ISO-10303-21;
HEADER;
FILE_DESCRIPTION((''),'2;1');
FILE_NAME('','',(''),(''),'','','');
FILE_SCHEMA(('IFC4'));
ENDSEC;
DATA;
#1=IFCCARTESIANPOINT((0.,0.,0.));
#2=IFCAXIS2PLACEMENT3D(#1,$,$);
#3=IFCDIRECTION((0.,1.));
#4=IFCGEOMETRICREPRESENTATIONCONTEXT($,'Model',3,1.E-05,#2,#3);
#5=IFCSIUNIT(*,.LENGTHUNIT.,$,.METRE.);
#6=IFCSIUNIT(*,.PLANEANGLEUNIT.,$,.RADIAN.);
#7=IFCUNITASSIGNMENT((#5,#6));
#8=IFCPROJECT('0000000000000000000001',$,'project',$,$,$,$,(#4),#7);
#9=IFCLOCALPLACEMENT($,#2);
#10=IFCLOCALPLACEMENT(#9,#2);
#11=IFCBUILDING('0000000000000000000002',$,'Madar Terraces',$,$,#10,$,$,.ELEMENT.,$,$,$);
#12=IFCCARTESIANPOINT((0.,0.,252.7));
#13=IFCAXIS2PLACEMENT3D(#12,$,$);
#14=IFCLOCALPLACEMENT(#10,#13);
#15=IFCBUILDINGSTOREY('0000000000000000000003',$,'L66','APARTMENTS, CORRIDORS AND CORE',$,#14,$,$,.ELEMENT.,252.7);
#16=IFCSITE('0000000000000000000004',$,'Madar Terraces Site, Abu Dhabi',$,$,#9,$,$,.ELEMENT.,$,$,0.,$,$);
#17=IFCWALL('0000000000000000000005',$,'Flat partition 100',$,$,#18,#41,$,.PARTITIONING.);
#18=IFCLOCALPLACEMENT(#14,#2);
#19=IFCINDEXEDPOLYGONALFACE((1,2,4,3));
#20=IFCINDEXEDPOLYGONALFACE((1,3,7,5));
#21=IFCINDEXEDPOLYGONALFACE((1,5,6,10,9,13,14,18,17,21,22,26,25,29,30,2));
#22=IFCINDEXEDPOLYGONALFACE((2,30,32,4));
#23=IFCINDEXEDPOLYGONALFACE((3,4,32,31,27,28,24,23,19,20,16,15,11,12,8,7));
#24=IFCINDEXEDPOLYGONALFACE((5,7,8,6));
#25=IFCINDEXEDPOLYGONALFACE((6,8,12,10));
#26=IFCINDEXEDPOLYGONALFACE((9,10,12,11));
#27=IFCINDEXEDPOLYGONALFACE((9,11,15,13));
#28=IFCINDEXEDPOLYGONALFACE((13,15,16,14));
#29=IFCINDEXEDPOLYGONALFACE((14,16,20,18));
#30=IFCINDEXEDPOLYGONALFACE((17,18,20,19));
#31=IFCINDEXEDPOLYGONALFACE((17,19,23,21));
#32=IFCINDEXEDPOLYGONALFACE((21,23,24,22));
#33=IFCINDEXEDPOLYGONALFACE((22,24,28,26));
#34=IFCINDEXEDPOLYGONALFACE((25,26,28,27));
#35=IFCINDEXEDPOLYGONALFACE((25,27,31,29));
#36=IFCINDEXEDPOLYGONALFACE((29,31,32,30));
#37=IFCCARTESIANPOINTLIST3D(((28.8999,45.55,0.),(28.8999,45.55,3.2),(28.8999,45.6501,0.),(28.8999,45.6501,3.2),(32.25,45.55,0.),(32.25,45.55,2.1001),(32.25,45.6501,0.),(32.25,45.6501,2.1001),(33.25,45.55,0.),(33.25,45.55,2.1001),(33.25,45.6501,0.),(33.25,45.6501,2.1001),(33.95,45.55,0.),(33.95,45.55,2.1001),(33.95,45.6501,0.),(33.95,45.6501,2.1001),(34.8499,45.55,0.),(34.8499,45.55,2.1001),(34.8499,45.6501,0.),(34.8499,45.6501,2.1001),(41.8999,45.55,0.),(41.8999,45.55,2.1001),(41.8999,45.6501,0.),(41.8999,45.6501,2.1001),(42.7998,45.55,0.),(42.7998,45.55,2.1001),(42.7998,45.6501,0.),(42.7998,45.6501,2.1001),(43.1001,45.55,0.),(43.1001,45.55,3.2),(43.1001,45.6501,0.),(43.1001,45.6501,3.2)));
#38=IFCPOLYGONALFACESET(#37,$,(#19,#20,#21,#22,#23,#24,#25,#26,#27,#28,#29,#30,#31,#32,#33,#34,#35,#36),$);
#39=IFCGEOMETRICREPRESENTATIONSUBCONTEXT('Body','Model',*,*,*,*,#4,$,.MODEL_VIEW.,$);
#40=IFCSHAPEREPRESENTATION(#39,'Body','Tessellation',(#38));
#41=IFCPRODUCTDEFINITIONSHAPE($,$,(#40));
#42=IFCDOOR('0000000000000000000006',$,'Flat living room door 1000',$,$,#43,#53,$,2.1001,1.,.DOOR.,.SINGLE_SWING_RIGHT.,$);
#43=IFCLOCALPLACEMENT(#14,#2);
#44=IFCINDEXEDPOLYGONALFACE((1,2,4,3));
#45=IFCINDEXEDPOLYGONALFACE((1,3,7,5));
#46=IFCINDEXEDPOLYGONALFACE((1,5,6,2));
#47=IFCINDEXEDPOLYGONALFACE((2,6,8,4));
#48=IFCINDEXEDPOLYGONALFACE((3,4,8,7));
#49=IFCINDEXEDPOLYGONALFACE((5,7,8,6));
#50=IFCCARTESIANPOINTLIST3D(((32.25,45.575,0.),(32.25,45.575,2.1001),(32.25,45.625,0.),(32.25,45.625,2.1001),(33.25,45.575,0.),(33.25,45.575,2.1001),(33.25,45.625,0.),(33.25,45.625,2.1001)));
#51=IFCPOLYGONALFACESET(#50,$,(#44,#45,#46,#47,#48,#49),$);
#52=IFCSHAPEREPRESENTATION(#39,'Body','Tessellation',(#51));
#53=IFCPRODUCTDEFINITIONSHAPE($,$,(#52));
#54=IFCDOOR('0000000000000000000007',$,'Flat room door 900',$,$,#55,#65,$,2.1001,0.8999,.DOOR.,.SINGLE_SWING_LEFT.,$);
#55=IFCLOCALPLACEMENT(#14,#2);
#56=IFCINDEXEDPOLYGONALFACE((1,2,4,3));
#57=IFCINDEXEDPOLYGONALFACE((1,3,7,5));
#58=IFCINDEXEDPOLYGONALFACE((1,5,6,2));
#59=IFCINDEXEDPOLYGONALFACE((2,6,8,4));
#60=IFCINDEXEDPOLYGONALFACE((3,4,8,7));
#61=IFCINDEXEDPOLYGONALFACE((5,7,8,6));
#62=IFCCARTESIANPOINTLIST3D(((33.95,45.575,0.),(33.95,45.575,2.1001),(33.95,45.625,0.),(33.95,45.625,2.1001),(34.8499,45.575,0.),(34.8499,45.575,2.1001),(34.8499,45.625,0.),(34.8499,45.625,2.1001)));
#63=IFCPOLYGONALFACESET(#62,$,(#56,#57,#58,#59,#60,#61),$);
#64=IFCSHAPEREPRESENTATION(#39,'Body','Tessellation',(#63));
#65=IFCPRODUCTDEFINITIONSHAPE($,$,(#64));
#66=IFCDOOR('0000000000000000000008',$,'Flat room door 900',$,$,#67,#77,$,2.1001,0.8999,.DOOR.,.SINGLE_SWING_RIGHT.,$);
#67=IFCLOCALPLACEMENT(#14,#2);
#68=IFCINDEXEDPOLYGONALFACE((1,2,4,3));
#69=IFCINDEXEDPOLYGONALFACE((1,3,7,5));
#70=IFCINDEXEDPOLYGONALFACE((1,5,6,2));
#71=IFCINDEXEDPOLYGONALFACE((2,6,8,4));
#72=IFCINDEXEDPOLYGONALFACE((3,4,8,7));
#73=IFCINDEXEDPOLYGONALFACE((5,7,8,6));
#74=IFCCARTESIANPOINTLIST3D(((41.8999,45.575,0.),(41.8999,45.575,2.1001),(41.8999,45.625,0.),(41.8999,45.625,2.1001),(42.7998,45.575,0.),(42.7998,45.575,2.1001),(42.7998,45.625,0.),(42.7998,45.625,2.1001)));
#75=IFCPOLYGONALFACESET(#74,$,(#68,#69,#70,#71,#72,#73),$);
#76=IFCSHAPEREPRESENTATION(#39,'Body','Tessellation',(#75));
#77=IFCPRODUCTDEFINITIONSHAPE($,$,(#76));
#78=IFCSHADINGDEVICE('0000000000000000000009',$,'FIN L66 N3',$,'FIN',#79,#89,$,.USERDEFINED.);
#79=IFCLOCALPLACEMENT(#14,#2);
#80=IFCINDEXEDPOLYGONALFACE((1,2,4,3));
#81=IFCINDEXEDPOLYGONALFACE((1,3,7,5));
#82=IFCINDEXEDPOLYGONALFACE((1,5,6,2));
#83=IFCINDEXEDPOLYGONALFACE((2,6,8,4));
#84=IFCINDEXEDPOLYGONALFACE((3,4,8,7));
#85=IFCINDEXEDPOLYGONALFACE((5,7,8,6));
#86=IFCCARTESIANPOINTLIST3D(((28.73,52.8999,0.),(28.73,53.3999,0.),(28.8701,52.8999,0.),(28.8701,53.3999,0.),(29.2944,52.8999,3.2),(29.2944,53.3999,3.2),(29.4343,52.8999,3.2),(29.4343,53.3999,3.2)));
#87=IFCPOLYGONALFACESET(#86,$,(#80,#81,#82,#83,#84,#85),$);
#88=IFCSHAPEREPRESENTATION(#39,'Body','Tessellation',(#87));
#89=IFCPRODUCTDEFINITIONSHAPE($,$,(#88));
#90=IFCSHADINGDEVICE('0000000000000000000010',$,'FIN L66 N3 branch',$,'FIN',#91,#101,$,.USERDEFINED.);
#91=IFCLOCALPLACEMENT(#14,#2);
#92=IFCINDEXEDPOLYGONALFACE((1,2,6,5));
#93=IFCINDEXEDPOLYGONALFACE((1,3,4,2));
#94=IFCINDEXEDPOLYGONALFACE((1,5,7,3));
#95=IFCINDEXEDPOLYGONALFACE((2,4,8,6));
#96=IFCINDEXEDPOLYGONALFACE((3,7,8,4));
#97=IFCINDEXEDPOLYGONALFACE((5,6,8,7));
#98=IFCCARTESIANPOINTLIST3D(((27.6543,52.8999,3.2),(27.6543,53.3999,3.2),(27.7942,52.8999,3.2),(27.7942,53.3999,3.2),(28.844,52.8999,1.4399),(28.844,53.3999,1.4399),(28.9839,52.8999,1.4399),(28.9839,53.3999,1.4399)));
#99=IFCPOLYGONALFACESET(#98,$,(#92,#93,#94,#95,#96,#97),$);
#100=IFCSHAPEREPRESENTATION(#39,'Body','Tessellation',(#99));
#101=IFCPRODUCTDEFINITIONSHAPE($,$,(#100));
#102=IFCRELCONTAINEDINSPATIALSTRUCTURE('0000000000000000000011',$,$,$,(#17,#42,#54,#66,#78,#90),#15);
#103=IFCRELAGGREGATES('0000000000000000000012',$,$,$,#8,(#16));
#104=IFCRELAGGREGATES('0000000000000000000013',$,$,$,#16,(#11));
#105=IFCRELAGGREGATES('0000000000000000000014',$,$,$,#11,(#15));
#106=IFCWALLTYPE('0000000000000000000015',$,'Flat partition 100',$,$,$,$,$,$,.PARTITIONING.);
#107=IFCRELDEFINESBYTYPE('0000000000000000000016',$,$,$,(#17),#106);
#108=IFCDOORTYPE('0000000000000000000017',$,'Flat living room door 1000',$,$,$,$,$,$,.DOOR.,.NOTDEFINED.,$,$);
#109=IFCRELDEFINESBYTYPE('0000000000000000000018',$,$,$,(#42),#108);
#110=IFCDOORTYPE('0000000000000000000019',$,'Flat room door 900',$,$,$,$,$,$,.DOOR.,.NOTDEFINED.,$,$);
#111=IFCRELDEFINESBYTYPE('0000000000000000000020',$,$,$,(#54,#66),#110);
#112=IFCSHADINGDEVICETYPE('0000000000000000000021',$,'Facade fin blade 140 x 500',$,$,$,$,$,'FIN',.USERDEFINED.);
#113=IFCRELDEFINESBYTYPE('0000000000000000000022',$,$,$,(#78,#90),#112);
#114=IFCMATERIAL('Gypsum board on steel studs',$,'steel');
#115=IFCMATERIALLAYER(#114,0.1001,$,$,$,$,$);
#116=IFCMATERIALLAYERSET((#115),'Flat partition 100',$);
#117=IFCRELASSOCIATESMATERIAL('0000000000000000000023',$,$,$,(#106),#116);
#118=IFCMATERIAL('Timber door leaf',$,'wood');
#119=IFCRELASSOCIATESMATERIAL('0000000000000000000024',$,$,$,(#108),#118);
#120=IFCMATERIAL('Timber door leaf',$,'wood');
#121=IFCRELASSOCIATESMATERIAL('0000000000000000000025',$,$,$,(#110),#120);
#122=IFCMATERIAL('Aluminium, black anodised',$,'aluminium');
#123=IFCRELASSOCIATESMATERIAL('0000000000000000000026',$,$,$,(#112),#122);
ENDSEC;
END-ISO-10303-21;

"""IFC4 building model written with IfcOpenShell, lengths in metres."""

from ifc_helpers import new_model, si_unit, direction, frame, frame_2d, origin, place, context, subcontext, project, spatial, polyline, rectangle, outline, extrude, material, layer, layer_set, type_object, element, fill, save


model = new_model("IFC4")

# Units and contexts
model_context = context("Model", 3, precision=1e-05, world=origin(), true_north=direction((0.0, 1.0)))
body_context = subcontext(model_context, "Body", "Model", "MODEL_VIEW")
ifc_project = project(units=[si_unit("LENGTHUNIT", "METRE"), si_unit("PLANEANGLEUNIT", "RADIAN")], contexts=[model_context])

# Site, building, storey
site_placement = place(None, origin())
site = spatial("IfcSite", under=ifc_project, at=site_placement, Name="Madar Terraces Site, Abu Dhabi", CompositionType="ELEMENT", RefElevation=0.0)
building_placement = place(site_placement, origin())
building = spatial("IfcBuilding", under=site, at=building_placement, Name="Madar Terraces", CompositionType="ELEMENT")
storey_placement = place(building_placement, frame((0.0, 0.0, 252.7)))
storey = spatial("IfcBuildingStorey", under=building, at=storey_placement, Name="L66", Description="APARTMENTS, CORRIDORS AND CORE", CompositionType="ELEMENT", Elevation=252.7)

# Shared definitions
ifc_material_1 = material(Name="Gypsum board on steel studs", Category="steel")
ifc_layer_1 = layer(ifc_material_1, 0.1001)
ifc_layer_set_1 = layer_set([ifc_layer_1], Name="Flat partition 100")
wall_type_1 = type_object("IfcWallType", Name="Flat partition 100", PredefinedType="PARTITIONING", material=ifc_layer_set_1)

# Wall, openings, doors
wall_1_placement = place(storey_placement, frame((28.8999, 45.6001, 0.0), z_axis=(0.0, 0.0, 1.0), x_axis=(1.0, 0.0, 0.0)))
wall_1 = element("IfcWall", 1, at=wall_1_placement, inside=storey, type_object=wall_type_1, Name="Flat partition 100", PredefinedType="PARTITIONING", context=body_context, shape_type="SweptSolid", body=[
    extrude(rectangle(XDim=14.2002, YDim=0.1001, at=frame_2d((7.1001, 0.0))), origin(), (0.0, 0.0, 1.0), 3.2),
])
opening_1_placement = place(wall_1_placement, frame((3.3501, 0.0, 0.0)))
opening_1 = element("IfcOpeningElement", 2, at=opening_1_placement, cuts=wall_1, PredefinedType="OPENING", context=body_context, shape_type="SweptSolid", body=[
    extrude(rectangle(XDim=1.0, YDim=2.1001, at=frame_2d((0.5, 1.05))), frame((0.0, 0.0601, 0.0), z_axis=(0.0, -1.0, 0.0), x_axis=(1.0, 0.0, 0.0)), (0.0, 0.0, 1.0), 0.1201),
])
opening_2_placement = place(wall_1_placement, frame((5.05, 0.0, 0.0)))
opening_2 = element("IfcOpeningElement", 3, at=opening_2_placement, cuts=wall_1, PredefinedType="OPENING", context=body_context, shape_type="SweptSolid", body=[
    extrude(rectangle(XDim=0.8999, YDim=2.1001, at=frame_2d((0.45, 1.05))), frame((0.0, 0.0601, 0.0), z_axis=(0.0, -1.0, 0.0), x_axis=(1.0, 0.0, 0.0)), (0.0, 0.0, 1.0), 0.1201),
])
opening_3_placement = place(wall_1_placement, frame((13.0, 0.0, 0.0)))
opening_3 = element("IfcOpeningElement", 4, at=opening_3_placement, cuts=wall_1, PredefinedType="OPENING", context=body_context, shape_type="SweptSolid", body=[
    extrude(rectangle(XDim=0.8999, YDim=2.1001, at=frame_2d((0.45, 1.05))), frame((0.0, 0.0601, 0.0), z_axis=(0.0, -1.0, 0.0), x_axis=(1.0, 0.0, 0.0)), (0.0, 0.0, 1.0), 0.1201),
])
ifc_material_2 = material(Name="Timber door leaf", Category="wood")
door_type_1 = type_object("IfcDoorType", Name="Flat living room door 1000", OperationType="NOTDEFINED", PredefinedType="DOOR", material=ifc_material_2)
door_1_placement = place(opening_1_placement, origin())
door_1 = element("IfcDoor", 5, at=door_1_placement, inside=storey, type_object=door_type_1, Name="Flat living room door 1000", OperationType="SINGLE_SWING_RIGHT", OverallHeight=2.1001, OverallWidth=1.0, PredefinedType="DOOR", context=body_context, shape_type="SweptSolid", body=[
    extrude(rectangle(XDim=1.0, YDim=2.1001, at=frame_2d((0.5, 1.05))), frame((0.0, 0.0249, 0.0), z_axis=(0.0, -1.0, 0.0), x_axis=(1.0, 0.0, 0.0)), (0.0, 0.0, 1.0), 0.05),
])
fill(opening_1, door_1)
ifc_material_3 = material(Name="Timber door leaf", Category="wood")
door_type_2 = type_object("IfcDoorType", Name="Flat room door 900", OperationType="NOTDEFINED", PredefinedType="DOOR", material=ifc_material_3)
door_2_placement = place(opening_2_placement, origin())
door_2 = element("IfcDoor", 6, at=door_2_placement, inside=storey, type_object=door_type_2, Name="Flat room door 900", OperationType="SINGLE_SWING_LEFT", OverallHeight=2.1001, OverallWidth=0.8999, PredefinedType="DOOR", context=body_context, shape_type="SweptSolid", body=[
    extrude(rectangle(XDim=0.8999, YDim=2.1001, at=frame_2d((0.45, 1.05))), frame((0.0, 0.0249, 0.0), z_axis=(0.0, -1.0, 0.0), x_axis=(1.0, 0.0, 0.0)), (0.0, 0.0, 1.0), 0.05),
])
fill(opening_2, door_2)
door_3_placement = place(opening_3_placement, origin())
door_3 = element("IfcDoor", 7, at=door_3_placement, inside=storey, type_object=door_type_2, Name="Flat room door 900", OperationType="SINGLE_SWING_RIGHT", OverallHeight=2.1001, OverallWidth=0.8999, PredefinedType="DOOR", context=body_context, shape_type="SweptSolid", body=[
    extrude(rectangle(XDim=0.8999, YDim=2.1001, at=frame_2d((0.45, 1.05))), frame((0.0, 0.0249, 0.0), z_axis=(0.0, -1.0, 0.0), x_axis=(1.0, 0.0, 0.0)), (0.0, 0.0, 1.0), 0.05),
])
fill(opening_3, door_3)

# Shading devices
ifc_material_4 = material(Name="Aluminium, black anodised", Category="aluminium")
shading_device_type = type_object("IfcShadingDeviceType", Name="Facade fin blade 140 x 500", ElementType="FIN", PredefinedType="USERDEFINED", material=ifc_material_4)
shading_device_1_placement = place(storey_placement, frame((28.8701, 53.1499, 0.0), z_axis=(0.0, 0.0, 1.0), x_axis=(-1.0, 0.0, 0.0)))
element("IfcShadingDevice", 8, at=shading_device_1_placement, inside=storey, type_object=shading_device_type, Name="FIN L66 N3", ObjectType="FIN", PredefinedType="USERDEFINED", context=body_context, shape_type="SweptSolid", body=[
    extrude(outline(polyline([(0.0, 0.0), (0.1401, 0.0), (-0.4243, 3.2), (-0.5642, 3.2), (0.0, 0.0)])), frame((0.0, 0.25, 0.0), z_axis=(0.0, -1.0, 0.0), x_axis=(1.0, 0.0, 0.0)), (0.0, 0.0, 1.0), 0.5),
])
shading_device_2_placement = place(storey_placement, frame((28.9839, 53.1499, 1.4399), z_axis=(0.0, 0.0, 1.0), x_axis=(-1.0, 0.0, 0.0)))
element("IfcShadingDevice", 9, at=shading_device_2_placement, inside=storey, type_object=shading_device_type, Name="FIN L66 N3 branch", ObjectType="FIN", PredefinedType="USERDEFINED", context=body_context, shape_type="SweptSolid", body=[
    extrude(outline(polyline([(0.0, 0.0), (0.1399, 0.0), (1.3296, 1.76), (1.1897, 1.76), (0.0, 0.0)])), frame((0.0, 0.25, 0.0), z_axis=(0.0, -1.0, 0.0), x_axis=(1.0, 0.0, 0.0)), (0.0, 0.0, 1.0), 0.5),
])

save(model, "model.ifc")
